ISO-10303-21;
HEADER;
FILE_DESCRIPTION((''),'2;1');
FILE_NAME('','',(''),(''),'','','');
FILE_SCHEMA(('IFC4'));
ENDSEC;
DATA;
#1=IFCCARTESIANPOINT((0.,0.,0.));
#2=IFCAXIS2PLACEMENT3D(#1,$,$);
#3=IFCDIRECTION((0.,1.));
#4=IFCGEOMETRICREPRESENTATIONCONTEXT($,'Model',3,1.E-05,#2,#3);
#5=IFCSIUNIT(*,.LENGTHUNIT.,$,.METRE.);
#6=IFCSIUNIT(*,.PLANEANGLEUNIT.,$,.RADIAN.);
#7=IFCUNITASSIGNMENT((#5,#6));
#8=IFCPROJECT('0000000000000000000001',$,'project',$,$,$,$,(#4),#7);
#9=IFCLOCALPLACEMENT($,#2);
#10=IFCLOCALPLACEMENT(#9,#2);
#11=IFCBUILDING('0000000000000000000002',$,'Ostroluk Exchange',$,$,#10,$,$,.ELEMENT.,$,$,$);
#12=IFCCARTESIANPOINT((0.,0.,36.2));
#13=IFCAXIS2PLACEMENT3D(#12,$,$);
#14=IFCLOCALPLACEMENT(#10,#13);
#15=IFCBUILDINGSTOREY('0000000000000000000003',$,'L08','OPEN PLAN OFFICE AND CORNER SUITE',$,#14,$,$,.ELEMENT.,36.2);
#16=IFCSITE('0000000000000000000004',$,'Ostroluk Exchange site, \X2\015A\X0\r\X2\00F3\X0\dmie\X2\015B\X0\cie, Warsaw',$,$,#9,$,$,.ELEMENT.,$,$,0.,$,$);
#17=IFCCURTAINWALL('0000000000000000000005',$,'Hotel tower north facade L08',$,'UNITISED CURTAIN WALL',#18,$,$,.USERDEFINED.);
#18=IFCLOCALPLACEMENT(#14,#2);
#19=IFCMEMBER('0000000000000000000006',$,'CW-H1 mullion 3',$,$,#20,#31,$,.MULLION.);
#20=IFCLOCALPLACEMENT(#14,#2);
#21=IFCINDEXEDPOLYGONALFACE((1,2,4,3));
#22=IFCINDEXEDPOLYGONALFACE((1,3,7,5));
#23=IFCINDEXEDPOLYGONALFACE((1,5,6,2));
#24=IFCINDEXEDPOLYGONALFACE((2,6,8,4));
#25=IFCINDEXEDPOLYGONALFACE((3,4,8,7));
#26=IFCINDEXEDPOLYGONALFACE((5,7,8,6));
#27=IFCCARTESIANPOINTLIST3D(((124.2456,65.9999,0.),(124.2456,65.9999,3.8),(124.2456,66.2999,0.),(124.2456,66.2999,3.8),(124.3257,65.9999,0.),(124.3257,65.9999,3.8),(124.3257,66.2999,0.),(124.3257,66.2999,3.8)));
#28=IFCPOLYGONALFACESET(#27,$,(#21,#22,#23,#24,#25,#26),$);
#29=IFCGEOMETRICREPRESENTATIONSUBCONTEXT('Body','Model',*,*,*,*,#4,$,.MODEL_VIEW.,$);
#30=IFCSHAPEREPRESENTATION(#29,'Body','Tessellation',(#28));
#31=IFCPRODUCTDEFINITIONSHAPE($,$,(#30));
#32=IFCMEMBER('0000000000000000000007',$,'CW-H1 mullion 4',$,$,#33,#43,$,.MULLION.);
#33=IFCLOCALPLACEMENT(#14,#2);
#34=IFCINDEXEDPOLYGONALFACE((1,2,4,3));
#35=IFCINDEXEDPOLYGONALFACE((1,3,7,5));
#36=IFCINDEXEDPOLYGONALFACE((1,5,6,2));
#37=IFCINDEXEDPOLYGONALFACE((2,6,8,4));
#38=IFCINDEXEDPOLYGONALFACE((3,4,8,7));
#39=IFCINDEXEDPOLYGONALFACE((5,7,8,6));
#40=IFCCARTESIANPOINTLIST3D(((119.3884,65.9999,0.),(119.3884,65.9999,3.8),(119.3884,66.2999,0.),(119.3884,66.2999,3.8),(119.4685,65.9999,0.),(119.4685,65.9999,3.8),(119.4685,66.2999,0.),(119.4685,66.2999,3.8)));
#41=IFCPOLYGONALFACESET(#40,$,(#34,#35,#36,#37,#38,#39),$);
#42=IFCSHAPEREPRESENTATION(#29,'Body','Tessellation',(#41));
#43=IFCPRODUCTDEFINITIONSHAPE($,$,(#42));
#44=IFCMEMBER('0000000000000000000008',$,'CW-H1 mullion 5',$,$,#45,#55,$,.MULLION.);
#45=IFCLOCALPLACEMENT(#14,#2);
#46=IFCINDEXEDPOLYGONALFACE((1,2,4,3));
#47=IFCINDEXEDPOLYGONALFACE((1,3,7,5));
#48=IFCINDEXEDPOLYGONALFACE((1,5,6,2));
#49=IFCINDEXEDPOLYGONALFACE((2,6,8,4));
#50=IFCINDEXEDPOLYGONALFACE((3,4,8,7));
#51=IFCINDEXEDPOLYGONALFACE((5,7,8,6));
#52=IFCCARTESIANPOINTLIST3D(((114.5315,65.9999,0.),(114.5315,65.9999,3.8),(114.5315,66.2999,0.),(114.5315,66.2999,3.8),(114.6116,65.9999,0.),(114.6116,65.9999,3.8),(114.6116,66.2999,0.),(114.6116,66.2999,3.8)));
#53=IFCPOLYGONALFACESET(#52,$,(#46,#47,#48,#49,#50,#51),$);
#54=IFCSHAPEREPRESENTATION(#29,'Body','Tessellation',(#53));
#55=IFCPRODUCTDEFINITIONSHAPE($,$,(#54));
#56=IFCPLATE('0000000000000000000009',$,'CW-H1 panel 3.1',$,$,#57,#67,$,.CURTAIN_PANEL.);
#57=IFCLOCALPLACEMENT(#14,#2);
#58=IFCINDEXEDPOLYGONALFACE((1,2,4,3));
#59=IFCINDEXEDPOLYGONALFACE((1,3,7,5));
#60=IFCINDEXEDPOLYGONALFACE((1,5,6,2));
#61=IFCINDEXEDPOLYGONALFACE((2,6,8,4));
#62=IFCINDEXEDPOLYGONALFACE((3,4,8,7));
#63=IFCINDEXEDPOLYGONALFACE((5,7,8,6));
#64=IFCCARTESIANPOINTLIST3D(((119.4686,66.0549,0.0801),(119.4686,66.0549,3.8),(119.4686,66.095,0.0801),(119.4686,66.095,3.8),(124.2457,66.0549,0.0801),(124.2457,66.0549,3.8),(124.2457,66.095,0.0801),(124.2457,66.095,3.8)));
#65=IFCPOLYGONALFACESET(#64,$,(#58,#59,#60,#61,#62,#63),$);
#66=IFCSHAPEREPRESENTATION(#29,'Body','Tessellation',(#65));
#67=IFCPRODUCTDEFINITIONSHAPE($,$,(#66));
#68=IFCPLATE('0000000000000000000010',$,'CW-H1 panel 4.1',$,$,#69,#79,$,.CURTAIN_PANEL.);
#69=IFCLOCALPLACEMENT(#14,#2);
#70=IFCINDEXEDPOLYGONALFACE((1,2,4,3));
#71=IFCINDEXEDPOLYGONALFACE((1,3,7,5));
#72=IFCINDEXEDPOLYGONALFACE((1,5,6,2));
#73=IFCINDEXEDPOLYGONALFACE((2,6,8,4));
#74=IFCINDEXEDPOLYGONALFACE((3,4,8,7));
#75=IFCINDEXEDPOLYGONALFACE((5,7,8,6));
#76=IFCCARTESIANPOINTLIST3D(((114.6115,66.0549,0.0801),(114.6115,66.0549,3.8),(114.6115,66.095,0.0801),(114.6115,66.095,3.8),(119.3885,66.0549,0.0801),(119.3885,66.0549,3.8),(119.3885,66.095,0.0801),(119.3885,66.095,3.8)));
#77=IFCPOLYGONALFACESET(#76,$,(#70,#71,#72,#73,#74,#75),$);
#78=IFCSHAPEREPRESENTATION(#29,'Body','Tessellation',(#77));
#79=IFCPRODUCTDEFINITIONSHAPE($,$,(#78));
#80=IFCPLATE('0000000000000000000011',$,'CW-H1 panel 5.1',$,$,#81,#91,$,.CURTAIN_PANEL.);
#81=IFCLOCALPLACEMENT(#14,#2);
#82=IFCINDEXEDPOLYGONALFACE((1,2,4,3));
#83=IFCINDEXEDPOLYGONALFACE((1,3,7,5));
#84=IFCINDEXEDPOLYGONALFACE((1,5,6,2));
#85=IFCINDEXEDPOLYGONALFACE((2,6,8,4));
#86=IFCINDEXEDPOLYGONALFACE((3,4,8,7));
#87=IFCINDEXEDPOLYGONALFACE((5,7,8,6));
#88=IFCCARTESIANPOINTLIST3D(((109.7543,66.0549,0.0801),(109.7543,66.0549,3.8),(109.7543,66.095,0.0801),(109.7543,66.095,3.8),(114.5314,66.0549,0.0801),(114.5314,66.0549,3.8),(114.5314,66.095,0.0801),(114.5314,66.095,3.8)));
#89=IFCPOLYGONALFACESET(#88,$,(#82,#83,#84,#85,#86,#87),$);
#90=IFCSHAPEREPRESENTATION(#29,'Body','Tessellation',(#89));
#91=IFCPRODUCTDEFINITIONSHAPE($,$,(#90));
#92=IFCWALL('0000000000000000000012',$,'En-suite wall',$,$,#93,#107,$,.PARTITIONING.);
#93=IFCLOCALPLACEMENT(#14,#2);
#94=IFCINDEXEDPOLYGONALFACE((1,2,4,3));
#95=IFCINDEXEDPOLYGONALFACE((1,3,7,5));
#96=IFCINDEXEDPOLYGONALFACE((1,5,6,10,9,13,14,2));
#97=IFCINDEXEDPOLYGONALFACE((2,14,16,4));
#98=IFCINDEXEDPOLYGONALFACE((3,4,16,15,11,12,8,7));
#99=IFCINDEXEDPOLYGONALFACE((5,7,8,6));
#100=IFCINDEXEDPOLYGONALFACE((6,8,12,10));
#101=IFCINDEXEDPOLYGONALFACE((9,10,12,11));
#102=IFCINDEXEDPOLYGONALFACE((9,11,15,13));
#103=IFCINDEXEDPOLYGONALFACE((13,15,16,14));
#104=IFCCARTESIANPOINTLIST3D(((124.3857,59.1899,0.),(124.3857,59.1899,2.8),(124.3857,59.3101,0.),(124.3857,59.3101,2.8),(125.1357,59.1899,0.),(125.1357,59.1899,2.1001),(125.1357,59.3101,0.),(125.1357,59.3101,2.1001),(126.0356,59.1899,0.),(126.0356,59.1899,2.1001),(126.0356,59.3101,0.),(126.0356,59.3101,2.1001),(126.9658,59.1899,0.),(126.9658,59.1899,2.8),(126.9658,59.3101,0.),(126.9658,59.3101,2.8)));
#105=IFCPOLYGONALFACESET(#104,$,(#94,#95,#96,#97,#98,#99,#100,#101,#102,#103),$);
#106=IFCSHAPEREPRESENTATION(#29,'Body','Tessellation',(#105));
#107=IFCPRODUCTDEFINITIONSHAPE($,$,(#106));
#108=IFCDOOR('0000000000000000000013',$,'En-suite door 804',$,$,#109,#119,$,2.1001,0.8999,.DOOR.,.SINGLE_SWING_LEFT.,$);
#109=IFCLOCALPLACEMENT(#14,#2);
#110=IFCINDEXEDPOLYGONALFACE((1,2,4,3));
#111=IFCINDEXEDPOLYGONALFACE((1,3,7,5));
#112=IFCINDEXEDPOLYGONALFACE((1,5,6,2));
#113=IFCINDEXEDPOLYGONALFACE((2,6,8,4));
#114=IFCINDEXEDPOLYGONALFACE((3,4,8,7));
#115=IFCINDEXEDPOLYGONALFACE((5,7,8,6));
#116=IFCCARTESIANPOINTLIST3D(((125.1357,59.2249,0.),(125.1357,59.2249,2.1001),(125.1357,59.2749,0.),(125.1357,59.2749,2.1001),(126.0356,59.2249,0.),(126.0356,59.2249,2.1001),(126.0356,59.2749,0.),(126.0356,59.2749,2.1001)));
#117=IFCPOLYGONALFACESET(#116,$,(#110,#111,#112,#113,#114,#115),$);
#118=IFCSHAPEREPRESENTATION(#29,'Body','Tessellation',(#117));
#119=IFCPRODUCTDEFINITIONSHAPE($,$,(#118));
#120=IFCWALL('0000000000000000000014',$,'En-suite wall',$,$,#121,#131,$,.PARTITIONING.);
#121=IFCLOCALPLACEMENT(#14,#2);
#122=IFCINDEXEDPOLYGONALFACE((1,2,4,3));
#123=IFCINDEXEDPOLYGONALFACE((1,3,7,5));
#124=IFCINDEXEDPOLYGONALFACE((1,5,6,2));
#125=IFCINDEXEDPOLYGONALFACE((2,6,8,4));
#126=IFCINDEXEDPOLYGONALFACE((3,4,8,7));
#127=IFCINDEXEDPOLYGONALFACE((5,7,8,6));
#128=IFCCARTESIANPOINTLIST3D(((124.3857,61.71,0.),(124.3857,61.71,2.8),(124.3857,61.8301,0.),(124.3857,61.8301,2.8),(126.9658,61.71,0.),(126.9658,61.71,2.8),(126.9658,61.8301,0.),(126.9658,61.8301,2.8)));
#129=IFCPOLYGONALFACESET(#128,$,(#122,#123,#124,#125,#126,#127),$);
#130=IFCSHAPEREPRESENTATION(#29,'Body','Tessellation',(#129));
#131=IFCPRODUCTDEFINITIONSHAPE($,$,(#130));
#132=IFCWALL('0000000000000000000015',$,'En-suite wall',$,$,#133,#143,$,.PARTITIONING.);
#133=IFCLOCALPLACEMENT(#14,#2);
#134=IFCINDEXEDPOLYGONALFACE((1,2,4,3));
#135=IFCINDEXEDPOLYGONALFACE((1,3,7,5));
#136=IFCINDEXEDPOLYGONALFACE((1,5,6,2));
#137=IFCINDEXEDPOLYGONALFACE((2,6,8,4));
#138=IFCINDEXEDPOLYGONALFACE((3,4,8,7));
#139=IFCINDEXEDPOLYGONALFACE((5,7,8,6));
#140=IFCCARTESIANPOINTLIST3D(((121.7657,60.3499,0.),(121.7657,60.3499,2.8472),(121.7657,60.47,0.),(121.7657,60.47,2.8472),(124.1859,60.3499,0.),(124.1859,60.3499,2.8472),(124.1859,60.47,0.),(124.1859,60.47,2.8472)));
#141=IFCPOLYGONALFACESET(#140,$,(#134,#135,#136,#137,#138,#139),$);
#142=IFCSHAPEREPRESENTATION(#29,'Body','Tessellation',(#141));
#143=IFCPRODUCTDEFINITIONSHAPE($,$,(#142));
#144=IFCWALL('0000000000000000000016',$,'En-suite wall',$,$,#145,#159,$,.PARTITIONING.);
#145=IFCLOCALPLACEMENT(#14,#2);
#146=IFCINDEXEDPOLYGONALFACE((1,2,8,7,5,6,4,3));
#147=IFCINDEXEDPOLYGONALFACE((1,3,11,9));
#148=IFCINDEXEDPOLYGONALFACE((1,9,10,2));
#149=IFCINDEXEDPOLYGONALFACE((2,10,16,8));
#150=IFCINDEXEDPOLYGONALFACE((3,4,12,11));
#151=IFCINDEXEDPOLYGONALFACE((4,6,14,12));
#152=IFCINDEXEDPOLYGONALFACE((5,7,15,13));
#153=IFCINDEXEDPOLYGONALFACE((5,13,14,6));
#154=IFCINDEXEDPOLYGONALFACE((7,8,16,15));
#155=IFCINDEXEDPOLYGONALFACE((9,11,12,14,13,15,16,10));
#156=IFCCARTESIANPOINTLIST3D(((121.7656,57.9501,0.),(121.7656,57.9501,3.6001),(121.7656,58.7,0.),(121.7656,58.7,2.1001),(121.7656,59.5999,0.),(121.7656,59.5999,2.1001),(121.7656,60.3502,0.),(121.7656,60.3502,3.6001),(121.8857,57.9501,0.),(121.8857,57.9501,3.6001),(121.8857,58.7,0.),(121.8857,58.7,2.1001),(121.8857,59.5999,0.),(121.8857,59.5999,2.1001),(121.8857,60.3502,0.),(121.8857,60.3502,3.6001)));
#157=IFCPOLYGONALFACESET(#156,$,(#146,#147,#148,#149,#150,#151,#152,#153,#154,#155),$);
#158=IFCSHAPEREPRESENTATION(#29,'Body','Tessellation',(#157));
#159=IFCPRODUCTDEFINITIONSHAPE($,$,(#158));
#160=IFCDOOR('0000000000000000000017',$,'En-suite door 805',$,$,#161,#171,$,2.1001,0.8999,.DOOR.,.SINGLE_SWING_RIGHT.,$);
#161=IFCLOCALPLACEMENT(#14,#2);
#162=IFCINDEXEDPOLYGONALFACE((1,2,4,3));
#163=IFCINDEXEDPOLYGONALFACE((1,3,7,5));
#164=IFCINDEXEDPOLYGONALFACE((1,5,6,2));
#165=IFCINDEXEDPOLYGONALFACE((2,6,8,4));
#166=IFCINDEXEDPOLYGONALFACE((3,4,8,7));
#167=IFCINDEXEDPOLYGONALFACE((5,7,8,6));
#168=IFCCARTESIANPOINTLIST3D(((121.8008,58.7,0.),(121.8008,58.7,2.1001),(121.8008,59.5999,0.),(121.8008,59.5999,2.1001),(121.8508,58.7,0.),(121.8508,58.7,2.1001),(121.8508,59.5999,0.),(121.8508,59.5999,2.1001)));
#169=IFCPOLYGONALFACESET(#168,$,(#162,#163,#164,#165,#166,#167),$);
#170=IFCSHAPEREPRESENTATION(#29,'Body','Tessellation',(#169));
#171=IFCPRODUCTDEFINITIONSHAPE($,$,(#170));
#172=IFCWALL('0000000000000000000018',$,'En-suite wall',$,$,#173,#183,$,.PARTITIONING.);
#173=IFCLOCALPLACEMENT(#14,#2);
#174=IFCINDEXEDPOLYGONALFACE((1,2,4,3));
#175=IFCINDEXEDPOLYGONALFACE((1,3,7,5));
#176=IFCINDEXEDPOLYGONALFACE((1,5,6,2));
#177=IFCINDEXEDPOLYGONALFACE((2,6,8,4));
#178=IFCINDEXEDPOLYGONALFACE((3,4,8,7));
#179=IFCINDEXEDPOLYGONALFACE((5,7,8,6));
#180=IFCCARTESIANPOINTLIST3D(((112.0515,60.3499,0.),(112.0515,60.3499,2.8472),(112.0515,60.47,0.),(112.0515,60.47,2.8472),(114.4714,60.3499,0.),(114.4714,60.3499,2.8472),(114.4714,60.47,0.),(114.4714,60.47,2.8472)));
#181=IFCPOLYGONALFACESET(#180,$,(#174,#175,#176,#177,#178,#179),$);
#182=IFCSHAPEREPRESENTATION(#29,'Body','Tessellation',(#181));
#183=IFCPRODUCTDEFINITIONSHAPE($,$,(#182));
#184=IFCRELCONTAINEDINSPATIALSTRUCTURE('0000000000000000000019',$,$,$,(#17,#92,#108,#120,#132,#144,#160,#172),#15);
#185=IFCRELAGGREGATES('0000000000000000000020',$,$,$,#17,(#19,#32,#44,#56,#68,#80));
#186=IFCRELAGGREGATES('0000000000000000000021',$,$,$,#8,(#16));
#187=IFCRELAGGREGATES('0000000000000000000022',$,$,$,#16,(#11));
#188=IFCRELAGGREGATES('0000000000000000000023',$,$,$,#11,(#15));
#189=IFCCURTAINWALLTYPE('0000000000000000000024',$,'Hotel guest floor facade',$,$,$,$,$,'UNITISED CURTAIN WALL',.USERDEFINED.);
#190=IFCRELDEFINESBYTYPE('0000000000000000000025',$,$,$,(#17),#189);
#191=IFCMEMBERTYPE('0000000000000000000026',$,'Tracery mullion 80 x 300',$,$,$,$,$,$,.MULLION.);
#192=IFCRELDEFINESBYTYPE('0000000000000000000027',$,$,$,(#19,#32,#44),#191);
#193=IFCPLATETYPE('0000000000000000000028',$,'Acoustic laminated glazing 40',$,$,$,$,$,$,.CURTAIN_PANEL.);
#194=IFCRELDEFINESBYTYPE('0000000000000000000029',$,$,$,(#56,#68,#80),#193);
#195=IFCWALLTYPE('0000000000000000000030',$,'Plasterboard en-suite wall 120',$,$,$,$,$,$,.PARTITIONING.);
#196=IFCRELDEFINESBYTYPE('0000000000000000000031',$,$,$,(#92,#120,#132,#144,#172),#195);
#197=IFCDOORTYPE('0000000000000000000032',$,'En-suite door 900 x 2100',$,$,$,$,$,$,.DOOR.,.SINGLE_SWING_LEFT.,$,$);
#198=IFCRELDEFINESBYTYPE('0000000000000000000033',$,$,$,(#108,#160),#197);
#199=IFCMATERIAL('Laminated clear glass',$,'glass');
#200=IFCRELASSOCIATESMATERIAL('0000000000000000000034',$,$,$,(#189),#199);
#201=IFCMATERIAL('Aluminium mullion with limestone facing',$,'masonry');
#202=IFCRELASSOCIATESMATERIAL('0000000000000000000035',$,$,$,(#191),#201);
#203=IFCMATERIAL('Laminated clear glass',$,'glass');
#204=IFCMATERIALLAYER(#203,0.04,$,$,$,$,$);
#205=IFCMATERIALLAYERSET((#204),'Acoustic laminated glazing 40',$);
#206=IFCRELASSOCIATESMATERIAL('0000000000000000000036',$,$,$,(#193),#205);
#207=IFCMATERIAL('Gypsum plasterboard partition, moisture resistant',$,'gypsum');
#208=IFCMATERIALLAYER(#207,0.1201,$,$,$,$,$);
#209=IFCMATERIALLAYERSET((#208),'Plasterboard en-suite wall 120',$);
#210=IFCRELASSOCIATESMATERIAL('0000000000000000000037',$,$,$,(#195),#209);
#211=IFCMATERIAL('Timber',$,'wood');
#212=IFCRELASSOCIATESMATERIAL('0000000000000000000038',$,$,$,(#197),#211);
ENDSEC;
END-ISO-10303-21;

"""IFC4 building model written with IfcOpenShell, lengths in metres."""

from ifc_helpers import new_model, si_unit, direction, frame, frame_2d, origin, origin_2d, place, context, subcontext, project, spatial, rectangle, extrude, material, layer, layer_set, material_profile, profile_set, type_object, element, fill, aggregate, save


model = new_model("IFC4")

# Units and contexts
model_context = context("Model", 3, precision=1e-05, world=origin(), true_north=direction((0.0, 1.0)))
body_context = subcontext(model_context, "Body", "Model", "MODEL_VIEW")
ifc_project = project(units=[si_unit("LENGTHUNIT", "METRE"), si_unit("PLANEANGLEUNIT", "RADIAN")], contexts=[model_context])

# Site, building, storey
site_placement = place(None, origin())
site = spatial("IfcSite", under=ifc_project, at=site_placement, Name="Ostroluk Exchange site, Śródmieście, Warsaw", CompositionType="ELEMENT", RefElevation=0.0)
building_placement = place(site_placement, origin())
building = spatial("IfcBuilding", under=site, at=building_placement, Name="Ostroluk Exchange", CompositionType="ELEMENT")
storey_placement = place(building_placement, frame((0.0, 0.0, 36.2)))
storey = spatial("IfcBuildingStorey", under=building, at=storey_placement, Name="L08", Description="OPEN PLAN OFFICE AND CORNER SUITE", CompositionType="ELEMENT", Elevation=36.2)

# Curtain wall, members, plates
ifc_material_1 = material(Name="Laminated clear glass", Category="glass")
curtain_wall_type = type_object("IfcCurtainWallType", Name="Hotel guest floor facade", ElementType="UNITISED CURTAIN WALL", PredefinedType="USERDEFINED", material=ifc_material_1)
curtain_wall_placement = place(storey_placement, origin())
curtain_wall = element("IfcCurtainWall", 1, at=curtain_wall_placement, inside=storey, type_object=curtain_wall_type, Name="Hotel tower north facade L08", ObjectType="UNITISED CURTAIN WALL", PredefinedType="USERDEFINED")
ifc_material_2 = material(Name="Aluminium mullion with limestone facing", Category="masonry")
ifc_material_profile_1 = material_profile(ifc_material_2, rectangle(XDim=0.3, YDim=0.0801, at=origin_2d()), Name="Tracery mullion 80 x 300")
ifc_profile_set_1 = profile_set([ifc_material_profile_1], Name="Aluminium mullion with limestone facing")
member_type_1 = type_object("IfcMemberType", Name="Tracery mullion 80 x 300", PredefinedType="MULLION", material=ifc_profile_set_1)
member_1_placement = place(storey_placement, frame((124.2856, 66.1499, 0.0), z_axis=(0.0, 0.0, 1.0), x_axis=(0.0, -1.0, 0.0)))
member_1 = element("IfcMember", 2, at=member_1_placement, type_object=member_type_1, Name="CW-H1 mullion 3", PredefinedType="MULLION", context=body_context, shape_type="SweptSolid", body=[
    extrude(rectangle(XDim=0.3, YDim=0.0801, at=origin_2d()), origin(), (0.0, 0.0, 1.0), 3.8),
])
member_2_placement = place(storey_placement, frame((119.4285, 66.1499, 0.0), z_axis=(0.0, 0.0, 1.0), x_axis=(0.0, -1.0, 0.0)))
member_2 = element("IfcMember", 3, at=member_2_placement, type_object=member_type_1, Name="CW-H1 mullion 4", PredefinedType="MULLION", context=body_context, shape_type="SweptSolid", body=[
    extrude(rectangle(XDim=0.3, YDim=0.0801, at=origin_2d()), origin(), (0.0, 0.0, 1.0), 3.8),
])
member_3_placement = place(storey_placement, frame((114.5715, 66.1499, 0.0), z_axis=(0.0, 0.0, 1.0), x_axis=(0.0, -1.0, 0.0)))
member_3 = element("IfcMember", 4, at=member_3_placement, type_object=member_type_1, Name="CW-H1 mullion 5", PredefinedType="MULLION", context=body_context, shape_type="SweptSolid", body=[
    extrude(rectangle(XDim=0.3, YDim=0.0801, at=origin_2d()), origin(), (0.0, 0.0, 1.0), 3.8),
])
ifc_material_3 = material(Name="Laminated clear glass", Category="glass")
ifc_layer_1 = layer(ifc_material_3, 0.04)
ifc_layer_set_1 = layer_set([ifc_layer_1], Name="Acoustic laminated glazing 40")
plate_type = type_object("IfcPlateType", Name="Acoustic laminated glazing 40", PredefinedType="CURTAIN_PANEL", material=ifc_layer_set_1)
plate_1_placement = place(storey_placement, frame((121.8572, 66.075, 0.0801), z_axis=(0.0, 0.0, 1.0), x_axis=(-1.0, 0.0, 0.0)))
plate_1 = element("IfcPlate", 5, at=plate_1_placement, type_object=plate_type, Name="CW-H1 panel 3.1", PredefinedType="CURTAIN_PANEL", context=body_context, shape_type="SweptSolid", body=[
    extrude(rectangle(XDim=4.7771, YDim=0.04, at=origin_2d()), origin(), (0.0, 0.0, 1.0), 3.72),
])
plate_2_placement = place(storey_placement, frame((117.0, 66.075, 0.0801), z_axis=(0.0, 0.0, 1.0), x_axis=(-1.0, 0.0, 0.0)))
plate_2 = element("IfcPlate", 6, at=plate_2_placement, type_object=plate_type, Name="CW-H1 panel 4.1", PredefinedType="CURTAIN_PANEL", context=body_context, shape_type="SweptSolid", body=[
    extrude(rectangle(XDim=4.7771, YDim=0.04, at=origin_2d()), origin(), (0.0, 0.0, 1.0), 3.72),
])
plate_3_placement = place(storey_placement, frame((112.1428, 66.075, 0.0801), z_axis=(0.0, 0.0, 1.0), x_axis=(-1.0, 0.0, 0.0)))
plate_3 = element("IfcPlate", 7, at=plate_3_placement, type_object=plate_type, Name="CW-H1 panel 5.1", PredefinedType="CURTAIN_PANEL", context=body_context, shape_type="SweptSolid", body=[
    extrude(rectangle(XDim=4.7771, YDim=0.04, at=origin_2d()), origin(), (0.0, 0.0, 1.0), 3.72),
])
aggregate(curtain_wall, [member_1, member_2, member_3, plate_1, plate_2, plate_3])

# Wall, opening, door
ifc_material_4 = material(Name="Gypsum plasterboard partition, moisture resistant", Category="gypsum")
ifc_layer_2 = layer(ifc_material_4, 0.1201)
ifc_layer_set_2 = layer_set([ifc_layer_2], Name="Plasterboard en-suite wall 120")
wall_type_1 = type_object("IfcWallType", Name="Plasterboard en-suite wall 120", PredefinedType="PARTITIONING", material=ifc_layer_set_2)
wall_1_placement = place(storey_placement, frame((124.3857, 59.25, 0.0), z_axis=(0.0, 0.0, 1.0), x_axis=(1.0, 0.0, 0.0)))
wall_1 = element("IfcWall", 8, at=wall_1_placement, inside=storey, type_object=wall_type_1, Name="En-suite wall", PredefinedType="PARTITIONING", context=body_context, shape_type="SweptSolid", body=[
    extrude(rectangle(XDim=2.5801, YDim=0.1201, at=frame_2d((1.29, 0.0))), origin(), (0.0, 0.0, 1.0), 2.8),
])
opening_1_placement = place(wall_1_placement, frame((0.75, 0.0, 0.0)))
opening_1 = element("IfcOpeningElement", 9, at=opening_1_placement, cuts=wall_1, PredefinedType="OPENING", context=body_context, shape_type="SweptSolid", body=[
    extrude(rectangle(XDim=0.8999, YDim=2.1001, at=frame_2d((0.45, 1.05))), frame((0.0, 0.0701, 0.0), z_axis=(0.0, -1.0, 0.0), x_axis=(1.0, 0.0, 0.0)), (0.0, 0.0, 1.0), 0.1401),
])
ifc_material_5 = material(Name="Timber", Category="wood")
door_type = type_object("IfcDoorType", Name="En-suite door 900 x 2100", OperationType="SINGLE_SWING_LEFT", PredefinedType="DOOR", material=ifc_material_5)
door_1_placement = place(opening_1_placement, origin())
door_1 = element("IfcDoor", 10, at=door_1_placement, inside=storey, type_object=door_type, Name="En-suite door 804", OperationType="SINGLE_SWING_LEFT", OverallHeight=2.1001, OverallWidth=0.8999, PredefinedType="DOOR", context=body_context, shape_type="SweptSolid", body=[
    extrude(rectangle(XDim=0.8999, YDim=2.1001, at=frame_2d((0.45, 1.05))), frame((0.0, 0.0249, 0.0), z_axis=(0.0, -1.0, 0.0), x_axis=(1.0, 0.0, 0.0)), (0.0, 0.0, 1.0), 0.05),
])
fill(opening_1, door_1)

# Walls
wall_2_placement = place(storey_placement, frame((124.3857, 61.77, 0.0), z_axis=(0.0, 0.0, 1.0), x_axis=(1.0, 0.0, 0.0)))
element("IfcWall", 11, at=wall_2_placement, inside=storey, type_object=wall_type_1, Name="En-suite wall", PredefinedType="PARTITIONING", context=body_context, shape_type="SweptSolid", body=[
    extrude(rectangle(XDim=2.5801, YDim=0.1201, at=frame_2d((1.29, 0.0))), origin(), (0.0, 0.0, 1.0), 2.8),
])
wall_3_placement = place(storey_placement, frame((124.1858, 60.4099, 0.0), z_axis=(0.0, 0.0, 1.0), x_axis=(-1.0, 0.0, 0.0)))
element("IfcWall", 12, at=wall_3_placement, inside=storey, type_object=wall_type_1, Name="En-suite wall", PredefinedType="PARTITIONING", context=body_context, shape_type="SweptSolid", body=[
    extrude(rectangle(XDim=2.4202, YDim=0.1201, at=frame_2d((1.21, 0.0))), origin(), (0.0, 0.0, 1.0), 2.8472),
])

# Wall, opening, door
wall_4_placement = place(storey_placement, frame((121.8257, 57.95, 0.0), z_axis=(0.0, 0.0, 1.0), x_axis=(0.0, 1.0, 0.0)))
wall_4 = element("IfcWall", 13, at=wall_4_placement, inside=storey, type_object=wall_type_1, Name="En-suite wall", PredefinedType="PARTITIONING", context=body_context, shape_type="SweptSolid", body=[
    extrude(rectangle(XDim=2.4001, YDim=0.1201, at=frame_2d((1.2002, 0.0))), origin(), (0.0, 0.0, 1.0), 3.6001),
])
opening_2_placement = place(wall_4_placement, frame((0.75, 0.0, 0.0)))
opening_2 = element("IfcOpeningElement", 14, at=opening_2_placement, cuts=wall_4, PredefinedType="OPENING", context=body_context, shape_type="SweptSolid", body=[
    extrude(rectangle(XDim=0.8999, YDim=2.1001, at=frame_2d((0.45, 1.05))), frame((0.0, 0.0701, 0.0), z_axis=(0.0, -1.0, 0.0), x_axis=(1.0, 0.0, 0.0)), (0.0, 0.0, 1.0), 0.1401),
])
door_2_placement = place(opening_2_placement, origin())
door_2 = element("IfcDoor", 15, at=door_2_placement, inside=storey, type_object=door_type, Name="En-suite door 805", OperationType="SINGLE_SWING_RIGHT", OverallHeight=2.1001, OverallWidth=0.8999, PredefinedType="DOOR", context=body_context, shape_type="SweptSolid", body=[
    extrude(rectangle(XDim=0.8999, YDim=2.1001, at=frame_2d((0.45, 1.05))), frame((0.0, 0.0249, 0.0), z_axis=(0.0, -1.0, 0.0), x_axis=(1.0, 0.0, 0.0)), (0.0, 0.0, 1.0), 0.05),
])
fill(opening_2, door_2)

# Wall
wall_5_placement = place(storey_placement, frame((114.4714, 60.4099, 0.0), z_axis=(0.0, 0.0, 1.0), x_axis=(-1.0, 0.0, 0.0)))
element("IfcWall", 16, at=wall_5_placement, inside=storey, type_object=wall_type_1, Name="En-suite wall", PredefinedType="PARTITIONING", context=body_context, shape_type="SweptSolid", body=[
    extrude(rectangle(XDim=2.4199, YDim=0.1201, at=frame_2d((1.21, 0.0))), origin(), (0.0, 0.0, 1.0), 2.8472),
])

save(model, "model.ifc")
